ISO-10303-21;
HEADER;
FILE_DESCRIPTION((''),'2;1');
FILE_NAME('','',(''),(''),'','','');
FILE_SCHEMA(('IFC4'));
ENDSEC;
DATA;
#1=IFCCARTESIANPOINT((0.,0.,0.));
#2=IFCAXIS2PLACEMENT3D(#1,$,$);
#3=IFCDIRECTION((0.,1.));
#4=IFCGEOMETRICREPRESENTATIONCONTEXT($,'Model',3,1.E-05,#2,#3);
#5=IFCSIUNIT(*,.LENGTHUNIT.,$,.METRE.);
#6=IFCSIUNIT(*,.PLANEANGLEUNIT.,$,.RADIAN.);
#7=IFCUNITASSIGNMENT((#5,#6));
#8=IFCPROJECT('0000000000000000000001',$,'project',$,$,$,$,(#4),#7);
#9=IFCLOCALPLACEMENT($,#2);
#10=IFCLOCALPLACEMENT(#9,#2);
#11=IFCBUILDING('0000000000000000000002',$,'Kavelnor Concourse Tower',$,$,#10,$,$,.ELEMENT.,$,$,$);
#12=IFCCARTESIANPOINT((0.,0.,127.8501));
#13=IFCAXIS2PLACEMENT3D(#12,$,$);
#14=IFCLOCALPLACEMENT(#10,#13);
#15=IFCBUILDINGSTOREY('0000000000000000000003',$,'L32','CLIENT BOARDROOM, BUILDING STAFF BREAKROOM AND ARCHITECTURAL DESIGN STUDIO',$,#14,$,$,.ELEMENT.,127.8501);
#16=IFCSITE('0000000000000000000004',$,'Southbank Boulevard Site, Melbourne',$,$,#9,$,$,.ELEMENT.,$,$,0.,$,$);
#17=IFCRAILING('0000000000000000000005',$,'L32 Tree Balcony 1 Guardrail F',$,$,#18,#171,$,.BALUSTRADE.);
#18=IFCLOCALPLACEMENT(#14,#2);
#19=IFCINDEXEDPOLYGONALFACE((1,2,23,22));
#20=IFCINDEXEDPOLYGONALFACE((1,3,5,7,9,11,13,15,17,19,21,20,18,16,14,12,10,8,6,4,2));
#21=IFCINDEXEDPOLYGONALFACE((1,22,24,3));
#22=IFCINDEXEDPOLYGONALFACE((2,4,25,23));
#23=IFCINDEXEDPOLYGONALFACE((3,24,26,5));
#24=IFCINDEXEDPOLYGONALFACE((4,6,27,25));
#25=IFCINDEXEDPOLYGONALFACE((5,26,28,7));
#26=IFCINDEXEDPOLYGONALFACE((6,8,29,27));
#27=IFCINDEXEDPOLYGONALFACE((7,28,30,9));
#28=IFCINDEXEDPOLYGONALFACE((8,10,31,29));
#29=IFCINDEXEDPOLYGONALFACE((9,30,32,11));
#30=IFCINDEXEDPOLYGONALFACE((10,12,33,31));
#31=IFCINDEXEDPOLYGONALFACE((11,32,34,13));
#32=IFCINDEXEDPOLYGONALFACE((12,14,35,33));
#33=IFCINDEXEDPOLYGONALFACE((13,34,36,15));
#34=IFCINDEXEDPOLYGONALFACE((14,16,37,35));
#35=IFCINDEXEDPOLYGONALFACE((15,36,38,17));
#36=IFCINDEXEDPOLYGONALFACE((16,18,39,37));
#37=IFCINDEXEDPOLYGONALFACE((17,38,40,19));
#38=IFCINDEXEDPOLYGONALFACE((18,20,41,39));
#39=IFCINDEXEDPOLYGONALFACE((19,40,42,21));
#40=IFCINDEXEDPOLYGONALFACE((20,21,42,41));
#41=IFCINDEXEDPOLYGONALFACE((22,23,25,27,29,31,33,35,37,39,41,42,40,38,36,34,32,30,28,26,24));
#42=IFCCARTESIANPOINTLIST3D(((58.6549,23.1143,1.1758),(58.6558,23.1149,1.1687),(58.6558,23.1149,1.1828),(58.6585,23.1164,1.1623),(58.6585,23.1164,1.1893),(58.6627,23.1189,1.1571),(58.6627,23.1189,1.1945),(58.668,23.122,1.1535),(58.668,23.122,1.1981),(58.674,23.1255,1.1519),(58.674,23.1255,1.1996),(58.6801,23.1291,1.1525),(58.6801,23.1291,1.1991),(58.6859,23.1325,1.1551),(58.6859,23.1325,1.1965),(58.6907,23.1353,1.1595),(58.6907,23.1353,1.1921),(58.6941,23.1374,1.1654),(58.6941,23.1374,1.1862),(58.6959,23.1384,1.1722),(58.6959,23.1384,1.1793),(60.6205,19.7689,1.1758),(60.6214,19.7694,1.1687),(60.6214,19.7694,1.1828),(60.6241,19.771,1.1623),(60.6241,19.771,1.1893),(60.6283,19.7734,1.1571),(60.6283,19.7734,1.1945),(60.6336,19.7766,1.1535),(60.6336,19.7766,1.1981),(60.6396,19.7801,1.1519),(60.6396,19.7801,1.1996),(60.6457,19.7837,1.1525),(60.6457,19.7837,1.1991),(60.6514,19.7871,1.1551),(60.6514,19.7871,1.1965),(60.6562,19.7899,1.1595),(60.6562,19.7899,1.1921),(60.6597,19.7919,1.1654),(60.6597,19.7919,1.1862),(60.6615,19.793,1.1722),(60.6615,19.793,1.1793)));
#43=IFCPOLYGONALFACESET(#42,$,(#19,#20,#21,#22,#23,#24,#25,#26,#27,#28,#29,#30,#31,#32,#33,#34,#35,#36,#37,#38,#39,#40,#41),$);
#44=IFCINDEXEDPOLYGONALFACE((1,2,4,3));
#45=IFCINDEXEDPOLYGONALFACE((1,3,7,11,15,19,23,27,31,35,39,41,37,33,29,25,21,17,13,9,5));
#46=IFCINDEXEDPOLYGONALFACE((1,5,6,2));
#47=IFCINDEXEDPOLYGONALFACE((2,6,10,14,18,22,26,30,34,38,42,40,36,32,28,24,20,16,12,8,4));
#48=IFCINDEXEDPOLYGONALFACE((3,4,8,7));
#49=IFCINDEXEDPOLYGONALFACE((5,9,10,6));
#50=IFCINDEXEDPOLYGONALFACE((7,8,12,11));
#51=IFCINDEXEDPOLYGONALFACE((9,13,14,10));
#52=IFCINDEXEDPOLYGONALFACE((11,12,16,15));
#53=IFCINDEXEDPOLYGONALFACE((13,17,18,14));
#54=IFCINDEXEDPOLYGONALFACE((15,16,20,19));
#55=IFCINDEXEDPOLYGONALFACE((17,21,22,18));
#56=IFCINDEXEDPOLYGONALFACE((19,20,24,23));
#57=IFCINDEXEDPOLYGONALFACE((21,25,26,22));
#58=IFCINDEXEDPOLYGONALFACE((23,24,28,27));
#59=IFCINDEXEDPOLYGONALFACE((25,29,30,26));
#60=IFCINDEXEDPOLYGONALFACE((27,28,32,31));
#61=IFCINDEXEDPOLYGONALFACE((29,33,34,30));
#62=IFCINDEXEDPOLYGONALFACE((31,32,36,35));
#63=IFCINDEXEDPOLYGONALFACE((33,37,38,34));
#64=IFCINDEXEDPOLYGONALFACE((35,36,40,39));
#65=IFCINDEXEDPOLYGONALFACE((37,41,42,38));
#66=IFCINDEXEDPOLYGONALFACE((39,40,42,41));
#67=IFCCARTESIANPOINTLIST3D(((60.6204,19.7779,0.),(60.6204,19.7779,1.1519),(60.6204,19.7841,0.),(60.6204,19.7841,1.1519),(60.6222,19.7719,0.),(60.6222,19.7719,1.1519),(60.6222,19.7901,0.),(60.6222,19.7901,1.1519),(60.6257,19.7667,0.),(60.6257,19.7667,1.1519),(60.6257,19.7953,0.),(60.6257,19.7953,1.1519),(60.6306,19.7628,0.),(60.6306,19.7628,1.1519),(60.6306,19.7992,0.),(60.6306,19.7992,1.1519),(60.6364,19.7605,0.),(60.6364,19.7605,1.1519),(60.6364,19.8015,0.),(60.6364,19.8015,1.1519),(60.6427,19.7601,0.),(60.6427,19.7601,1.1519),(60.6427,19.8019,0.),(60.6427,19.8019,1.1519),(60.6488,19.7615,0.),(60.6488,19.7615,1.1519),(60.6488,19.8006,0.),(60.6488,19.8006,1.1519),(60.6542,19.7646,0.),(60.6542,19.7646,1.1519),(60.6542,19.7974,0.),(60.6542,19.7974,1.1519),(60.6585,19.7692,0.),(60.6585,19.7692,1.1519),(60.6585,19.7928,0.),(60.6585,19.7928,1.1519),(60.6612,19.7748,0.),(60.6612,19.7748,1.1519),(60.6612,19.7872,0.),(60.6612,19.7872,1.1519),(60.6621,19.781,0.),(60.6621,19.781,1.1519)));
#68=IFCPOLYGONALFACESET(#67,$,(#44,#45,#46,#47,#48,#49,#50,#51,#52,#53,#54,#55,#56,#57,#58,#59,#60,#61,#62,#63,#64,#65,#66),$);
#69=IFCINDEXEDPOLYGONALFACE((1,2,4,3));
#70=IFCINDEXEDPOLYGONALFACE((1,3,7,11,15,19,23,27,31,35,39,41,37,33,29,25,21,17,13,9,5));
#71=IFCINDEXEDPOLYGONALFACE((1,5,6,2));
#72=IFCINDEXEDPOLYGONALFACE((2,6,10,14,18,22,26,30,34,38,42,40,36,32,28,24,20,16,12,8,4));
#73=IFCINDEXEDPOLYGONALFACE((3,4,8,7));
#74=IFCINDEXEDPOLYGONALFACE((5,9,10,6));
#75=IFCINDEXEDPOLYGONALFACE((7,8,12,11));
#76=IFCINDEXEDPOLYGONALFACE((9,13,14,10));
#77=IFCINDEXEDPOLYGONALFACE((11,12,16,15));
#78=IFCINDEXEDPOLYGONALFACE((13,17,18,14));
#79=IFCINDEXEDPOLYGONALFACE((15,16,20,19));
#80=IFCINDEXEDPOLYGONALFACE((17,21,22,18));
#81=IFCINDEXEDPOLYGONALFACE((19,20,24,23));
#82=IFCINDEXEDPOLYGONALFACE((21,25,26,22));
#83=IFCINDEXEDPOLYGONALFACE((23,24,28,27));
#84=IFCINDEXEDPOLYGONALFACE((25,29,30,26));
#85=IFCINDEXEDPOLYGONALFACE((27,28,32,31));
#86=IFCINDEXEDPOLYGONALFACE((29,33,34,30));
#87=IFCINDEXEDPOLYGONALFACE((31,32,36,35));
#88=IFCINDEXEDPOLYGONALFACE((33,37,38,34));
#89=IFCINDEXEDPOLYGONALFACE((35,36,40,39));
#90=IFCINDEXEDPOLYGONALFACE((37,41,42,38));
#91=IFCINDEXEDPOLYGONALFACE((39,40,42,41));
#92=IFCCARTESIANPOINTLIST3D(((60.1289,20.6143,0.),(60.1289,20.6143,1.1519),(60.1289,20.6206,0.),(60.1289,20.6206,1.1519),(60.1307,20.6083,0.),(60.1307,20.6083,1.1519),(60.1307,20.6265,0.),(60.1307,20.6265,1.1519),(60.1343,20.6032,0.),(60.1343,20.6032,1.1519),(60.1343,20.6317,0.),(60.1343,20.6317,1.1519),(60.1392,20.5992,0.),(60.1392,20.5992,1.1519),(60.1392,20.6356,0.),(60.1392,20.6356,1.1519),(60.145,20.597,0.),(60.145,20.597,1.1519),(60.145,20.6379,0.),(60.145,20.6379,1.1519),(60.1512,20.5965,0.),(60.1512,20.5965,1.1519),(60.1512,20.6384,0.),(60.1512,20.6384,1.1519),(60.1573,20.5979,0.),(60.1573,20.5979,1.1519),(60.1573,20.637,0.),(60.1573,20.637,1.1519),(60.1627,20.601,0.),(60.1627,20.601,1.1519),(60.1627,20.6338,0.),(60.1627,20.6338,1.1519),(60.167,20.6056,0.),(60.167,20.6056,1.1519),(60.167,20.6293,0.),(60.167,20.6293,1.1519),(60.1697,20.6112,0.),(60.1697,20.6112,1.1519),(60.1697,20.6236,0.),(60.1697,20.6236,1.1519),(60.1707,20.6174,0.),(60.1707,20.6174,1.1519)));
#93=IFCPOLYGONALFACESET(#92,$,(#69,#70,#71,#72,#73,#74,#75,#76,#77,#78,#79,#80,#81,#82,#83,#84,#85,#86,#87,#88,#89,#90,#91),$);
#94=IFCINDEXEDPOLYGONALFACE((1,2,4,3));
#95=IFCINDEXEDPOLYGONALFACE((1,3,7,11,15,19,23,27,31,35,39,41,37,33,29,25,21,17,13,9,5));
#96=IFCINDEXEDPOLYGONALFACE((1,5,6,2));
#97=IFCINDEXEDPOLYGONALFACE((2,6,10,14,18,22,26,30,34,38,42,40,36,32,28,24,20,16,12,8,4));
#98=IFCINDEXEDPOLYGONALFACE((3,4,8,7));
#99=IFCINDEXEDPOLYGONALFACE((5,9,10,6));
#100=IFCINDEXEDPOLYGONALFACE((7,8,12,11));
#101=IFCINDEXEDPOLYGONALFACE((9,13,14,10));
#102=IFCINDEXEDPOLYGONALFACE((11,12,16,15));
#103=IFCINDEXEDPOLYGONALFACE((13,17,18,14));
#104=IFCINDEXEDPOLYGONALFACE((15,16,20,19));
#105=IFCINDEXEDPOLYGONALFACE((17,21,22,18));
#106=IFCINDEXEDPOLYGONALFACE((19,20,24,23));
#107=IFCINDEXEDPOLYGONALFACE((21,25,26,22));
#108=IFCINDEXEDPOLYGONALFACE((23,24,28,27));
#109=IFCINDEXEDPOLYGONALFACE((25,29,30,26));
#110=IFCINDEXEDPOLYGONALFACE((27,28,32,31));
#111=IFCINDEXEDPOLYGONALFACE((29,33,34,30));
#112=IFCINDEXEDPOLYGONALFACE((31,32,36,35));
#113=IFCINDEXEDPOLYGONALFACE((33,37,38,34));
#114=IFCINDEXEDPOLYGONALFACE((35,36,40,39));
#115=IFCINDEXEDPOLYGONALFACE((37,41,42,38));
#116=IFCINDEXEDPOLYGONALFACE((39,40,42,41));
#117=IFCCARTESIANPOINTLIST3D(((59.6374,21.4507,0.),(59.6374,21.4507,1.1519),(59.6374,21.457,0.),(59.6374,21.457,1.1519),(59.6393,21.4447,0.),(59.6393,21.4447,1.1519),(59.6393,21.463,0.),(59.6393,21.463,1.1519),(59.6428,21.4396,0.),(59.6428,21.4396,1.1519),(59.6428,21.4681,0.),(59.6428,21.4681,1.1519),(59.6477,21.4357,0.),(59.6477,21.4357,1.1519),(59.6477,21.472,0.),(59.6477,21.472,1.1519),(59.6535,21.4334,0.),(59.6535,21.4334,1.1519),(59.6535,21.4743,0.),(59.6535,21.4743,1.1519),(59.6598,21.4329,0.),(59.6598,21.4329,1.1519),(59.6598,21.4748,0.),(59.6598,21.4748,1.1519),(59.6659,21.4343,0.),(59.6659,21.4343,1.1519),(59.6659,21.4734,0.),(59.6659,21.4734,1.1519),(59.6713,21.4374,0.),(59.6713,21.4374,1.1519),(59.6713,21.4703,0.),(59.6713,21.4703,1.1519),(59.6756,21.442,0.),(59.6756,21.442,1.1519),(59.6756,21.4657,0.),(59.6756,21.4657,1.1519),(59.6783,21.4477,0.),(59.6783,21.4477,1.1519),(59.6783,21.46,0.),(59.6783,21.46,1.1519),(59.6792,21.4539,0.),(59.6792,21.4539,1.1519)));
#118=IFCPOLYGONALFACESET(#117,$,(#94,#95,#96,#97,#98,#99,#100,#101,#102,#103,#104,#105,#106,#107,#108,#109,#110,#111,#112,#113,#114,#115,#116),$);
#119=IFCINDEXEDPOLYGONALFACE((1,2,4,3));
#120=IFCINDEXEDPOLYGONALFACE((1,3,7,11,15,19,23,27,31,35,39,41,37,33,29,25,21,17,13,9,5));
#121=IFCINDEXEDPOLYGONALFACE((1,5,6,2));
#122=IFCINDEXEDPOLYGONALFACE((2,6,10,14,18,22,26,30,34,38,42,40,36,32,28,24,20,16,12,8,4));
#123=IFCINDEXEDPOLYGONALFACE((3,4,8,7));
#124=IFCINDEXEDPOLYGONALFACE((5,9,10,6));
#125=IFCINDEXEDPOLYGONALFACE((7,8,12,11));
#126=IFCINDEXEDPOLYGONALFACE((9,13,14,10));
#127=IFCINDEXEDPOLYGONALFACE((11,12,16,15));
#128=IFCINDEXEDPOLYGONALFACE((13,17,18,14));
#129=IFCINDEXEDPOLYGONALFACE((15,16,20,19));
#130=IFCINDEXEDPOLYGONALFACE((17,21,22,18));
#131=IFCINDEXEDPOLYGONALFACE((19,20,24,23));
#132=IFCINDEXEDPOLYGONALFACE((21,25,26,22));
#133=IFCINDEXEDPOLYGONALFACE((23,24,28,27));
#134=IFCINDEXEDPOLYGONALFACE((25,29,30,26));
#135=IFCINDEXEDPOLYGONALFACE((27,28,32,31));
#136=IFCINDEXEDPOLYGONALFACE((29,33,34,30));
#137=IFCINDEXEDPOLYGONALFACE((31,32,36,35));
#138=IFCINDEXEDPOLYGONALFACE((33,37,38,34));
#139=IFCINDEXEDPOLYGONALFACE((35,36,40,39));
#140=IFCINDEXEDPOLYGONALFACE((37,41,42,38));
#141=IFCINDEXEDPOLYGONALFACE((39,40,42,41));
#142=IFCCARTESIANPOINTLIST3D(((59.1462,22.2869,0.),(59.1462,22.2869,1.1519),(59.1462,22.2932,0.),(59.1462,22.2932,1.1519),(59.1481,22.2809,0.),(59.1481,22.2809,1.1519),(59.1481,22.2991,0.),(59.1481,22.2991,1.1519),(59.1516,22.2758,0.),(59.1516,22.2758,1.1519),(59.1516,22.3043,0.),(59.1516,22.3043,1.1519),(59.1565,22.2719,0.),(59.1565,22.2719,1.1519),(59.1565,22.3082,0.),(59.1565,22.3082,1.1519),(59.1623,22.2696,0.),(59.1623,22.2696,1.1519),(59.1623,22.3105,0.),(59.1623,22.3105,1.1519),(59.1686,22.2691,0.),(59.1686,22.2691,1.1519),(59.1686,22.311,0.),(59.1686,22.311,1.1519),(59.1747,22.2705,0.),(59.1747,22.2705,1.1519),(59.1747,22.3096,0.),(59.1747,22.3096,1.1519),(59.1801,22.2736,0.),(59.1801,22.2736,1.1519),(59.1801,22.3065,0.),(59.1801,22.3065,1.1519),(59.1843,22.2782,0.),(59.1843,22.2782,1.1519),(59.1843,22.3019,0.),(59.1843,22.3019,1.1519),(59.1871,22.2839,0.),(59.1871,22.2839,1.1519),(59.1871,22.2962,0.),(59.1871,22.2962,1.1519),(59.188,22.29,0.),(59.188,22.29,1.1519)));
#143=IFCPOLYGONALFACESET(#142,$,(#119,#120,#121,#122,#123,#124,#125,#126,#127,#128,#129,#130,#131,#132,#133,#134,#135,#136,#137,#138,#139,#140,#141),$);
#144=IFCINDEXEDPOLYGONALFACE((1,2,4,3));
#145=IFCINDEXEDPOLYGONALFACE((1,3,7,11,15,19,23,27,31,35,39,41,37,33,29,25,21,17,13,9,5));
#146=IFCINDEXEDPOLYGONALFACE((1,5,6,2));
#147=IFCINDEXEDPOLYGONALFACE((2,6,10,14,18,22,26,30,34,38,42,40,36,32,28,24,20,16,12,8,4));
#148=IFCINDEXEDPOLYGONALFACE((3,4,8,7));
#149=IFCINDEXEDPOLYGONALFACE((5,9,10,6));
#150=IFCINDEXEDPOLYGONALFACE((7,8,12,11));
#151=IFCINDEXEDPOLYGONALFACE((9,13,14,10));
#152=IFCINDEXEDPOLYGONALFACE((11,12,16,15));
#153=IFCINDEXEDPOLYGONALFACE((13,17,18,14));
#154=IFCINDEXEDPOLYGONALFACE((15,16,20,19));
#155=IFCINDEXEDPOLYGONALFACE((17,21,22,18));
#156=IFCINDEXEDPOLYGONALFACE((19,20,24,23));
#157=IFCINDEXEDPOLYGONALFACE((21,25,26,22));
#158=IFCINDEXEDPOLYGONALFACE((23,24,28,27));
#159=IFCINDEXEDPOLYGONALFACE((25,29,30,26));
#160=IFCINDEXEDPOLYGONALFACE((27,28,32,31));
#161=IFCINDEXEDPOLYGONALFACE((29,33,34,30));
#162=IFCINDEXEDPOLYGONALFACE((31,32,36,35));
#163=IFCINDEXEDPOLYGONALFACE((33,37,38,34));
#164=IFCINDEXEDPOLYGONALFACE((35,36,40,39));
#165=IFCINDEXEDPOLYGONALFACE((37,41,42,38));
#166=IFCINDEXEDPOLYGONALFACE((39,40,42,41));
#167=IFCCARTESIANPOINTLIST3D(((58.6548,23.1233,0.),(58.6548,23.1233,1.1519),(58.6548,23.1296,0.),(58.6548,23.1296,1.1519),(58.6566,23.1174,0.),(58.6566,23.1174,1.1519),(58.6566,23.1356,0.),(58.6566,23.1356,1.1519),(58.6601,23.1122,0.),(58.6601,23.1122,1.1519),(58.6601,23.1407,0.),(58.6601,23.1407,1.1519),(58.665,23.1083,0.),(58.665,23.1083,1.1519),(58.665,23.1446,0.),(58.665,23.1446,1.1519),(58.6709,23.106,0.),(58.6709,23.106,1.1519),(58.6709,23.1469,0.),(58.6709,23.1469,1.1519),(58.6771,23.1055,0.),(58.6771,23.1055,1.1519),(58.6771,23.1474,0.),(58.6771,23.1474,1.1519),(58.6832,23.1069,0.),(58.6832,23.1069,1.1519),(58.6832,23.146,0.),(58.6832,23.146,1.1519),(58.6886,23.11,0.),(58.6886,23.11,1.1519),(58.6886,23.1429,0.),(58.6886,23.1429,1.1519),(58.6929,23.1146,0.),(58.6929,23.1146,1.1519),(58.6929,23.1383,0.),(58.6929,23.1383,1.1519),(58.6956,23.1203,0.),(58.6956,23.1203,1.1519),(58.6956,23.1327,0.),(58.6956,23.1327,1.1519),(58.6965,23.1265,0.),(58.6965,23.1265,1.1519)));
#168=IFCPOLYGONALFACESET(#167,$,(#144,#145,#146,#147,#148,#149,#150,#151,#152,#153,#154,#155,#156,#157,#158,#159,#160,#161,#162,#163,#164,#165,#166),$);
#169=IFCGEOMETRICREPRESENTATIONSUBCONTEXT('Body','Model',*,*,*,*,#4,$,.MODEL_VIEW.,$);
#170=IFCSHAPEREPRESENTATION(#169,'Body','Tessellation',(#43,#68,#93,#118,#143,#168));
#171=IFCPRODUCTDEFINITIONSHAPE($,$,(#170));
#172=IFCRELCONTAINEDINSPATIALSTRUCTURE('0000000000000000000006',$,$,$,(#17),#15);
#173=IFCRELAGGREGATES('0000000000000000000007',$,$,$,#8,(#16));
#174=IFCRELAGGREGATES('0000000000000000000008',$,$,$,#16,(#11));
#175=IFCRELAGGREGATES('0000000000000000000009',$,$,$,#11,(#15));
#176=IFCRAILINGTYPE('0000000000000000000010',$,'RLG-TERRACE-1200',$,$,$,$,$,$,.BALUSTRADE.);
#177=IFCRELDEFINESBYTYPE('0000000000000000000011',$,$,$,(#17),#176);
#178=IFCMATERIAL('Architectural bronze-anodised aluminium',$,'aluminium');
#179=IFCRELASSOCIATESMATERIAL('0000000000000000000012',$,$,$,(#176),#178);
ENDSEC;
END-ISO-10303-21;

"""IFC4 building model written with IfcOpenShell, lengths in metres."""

from ifc_helpers import new_model, si_unit, direction, frame, origin, origin_2d, place, context, subcontext, project, spatial, circle, extrude, material, type_object, element, save


model = new_model("IFC4")

# Units and contexts
model_context = context("Model", 3, precision=1e-05, world=origin(), true_north=direction((0.0, 1.0)))
body_context = subcontext(model_context, "Body", "Model", "MODEL_VIEW")
ifc_project = project(units=[si_unit("LENGTHUNIT", "METRE"), si_unit("PLANEANGLEUNIT", "RADIAN")], contexts=[model_context])

# Site, building, storey
site_placement = place(None, origin())
site = spatial("IfcSite", under=ifc_project, at=site_placement, Name="Southbank Boulevard Site, Melbourne", CompositionType="ELEMENT", RefElevation=0.0)
building_placement = place(site_placement, origin())
building = spatial("IfcBuilding", under=site, at=building_placement, Name="Kavelnor Concourse Tower", CompositionType="ELEMENT")
storey_placement = place(building_placement, frame((0.0, 0.0, 127.8501)))
storey = spatial("IfcBuildingStorey", under=building, at=storey_placement, Name="L32", Description="CLIENT BOARDROOM, BUILDING STAFF BREAKROOM AND ARCHITECTURAL DESIGN STUDIO", CompositionType="ELEMENT", Elevation=127.8501)

# Railing
ifc_material_1 = material(Name="Architectural bronze-anodised aluminium", Category="aluminium")
railing_type_1 = type_object("IfcRailingType", Name="RLG-TERRACE-1200", PredefinedType="BALUSTRADE", material=ifc_material_1)
railing_1_placement = place(storey_placement, frame((60.6411, 19.781, 0.0)))
element("IfcRailing", 1, at=railing_1_placement, inside=storey, type_object=railing_type_1, Name="L32 Tree Balcony 1 Guardrail F", PredefinedType="BALUSTRADE", context=body_context, shape_type="SweptSolid", body=[
    extrude(circle(Radius=0.0239, at=origin_2d()), frame((0.0, 0.0, 1.1758), z_axis=(-0.506572, 0.862198, 0.0), x_axis=(-0.862198, -0.506572, 0.0)), (0.0, 0.0, 1.0), 3.8801),
    extrude(circle(Radius=0.021, at=origin_2d()), origin(), (0.0, 0.0, 1.0), 1.1519),
    extrude(circle(Radius=0.021, at=origin_2d()), frame((-0.4915, 0.8364, 0.0)), (0.0, 0.0, 1.0), 1.1519),
    extrude(circle(Radius=0.021, at=origin_2d()), frame((-0.9829, 1.6729, 0.0)), (0.0, 0.0, 1.0), 1.1519),
    extrude(circle(Radius=0.021, at=origin_2d()), frame((-1.4741, 2.509, 0.0)), (0.0, 0.0, 1.0), 1.1519),
    extrude(circle(Radius=0.021, at=origin_2d()), frame((-1.9656, 3.3455, 0.0)), (0.0, 0.0, 1.0), 1.1519),
])

save(model, "model.ifc")
